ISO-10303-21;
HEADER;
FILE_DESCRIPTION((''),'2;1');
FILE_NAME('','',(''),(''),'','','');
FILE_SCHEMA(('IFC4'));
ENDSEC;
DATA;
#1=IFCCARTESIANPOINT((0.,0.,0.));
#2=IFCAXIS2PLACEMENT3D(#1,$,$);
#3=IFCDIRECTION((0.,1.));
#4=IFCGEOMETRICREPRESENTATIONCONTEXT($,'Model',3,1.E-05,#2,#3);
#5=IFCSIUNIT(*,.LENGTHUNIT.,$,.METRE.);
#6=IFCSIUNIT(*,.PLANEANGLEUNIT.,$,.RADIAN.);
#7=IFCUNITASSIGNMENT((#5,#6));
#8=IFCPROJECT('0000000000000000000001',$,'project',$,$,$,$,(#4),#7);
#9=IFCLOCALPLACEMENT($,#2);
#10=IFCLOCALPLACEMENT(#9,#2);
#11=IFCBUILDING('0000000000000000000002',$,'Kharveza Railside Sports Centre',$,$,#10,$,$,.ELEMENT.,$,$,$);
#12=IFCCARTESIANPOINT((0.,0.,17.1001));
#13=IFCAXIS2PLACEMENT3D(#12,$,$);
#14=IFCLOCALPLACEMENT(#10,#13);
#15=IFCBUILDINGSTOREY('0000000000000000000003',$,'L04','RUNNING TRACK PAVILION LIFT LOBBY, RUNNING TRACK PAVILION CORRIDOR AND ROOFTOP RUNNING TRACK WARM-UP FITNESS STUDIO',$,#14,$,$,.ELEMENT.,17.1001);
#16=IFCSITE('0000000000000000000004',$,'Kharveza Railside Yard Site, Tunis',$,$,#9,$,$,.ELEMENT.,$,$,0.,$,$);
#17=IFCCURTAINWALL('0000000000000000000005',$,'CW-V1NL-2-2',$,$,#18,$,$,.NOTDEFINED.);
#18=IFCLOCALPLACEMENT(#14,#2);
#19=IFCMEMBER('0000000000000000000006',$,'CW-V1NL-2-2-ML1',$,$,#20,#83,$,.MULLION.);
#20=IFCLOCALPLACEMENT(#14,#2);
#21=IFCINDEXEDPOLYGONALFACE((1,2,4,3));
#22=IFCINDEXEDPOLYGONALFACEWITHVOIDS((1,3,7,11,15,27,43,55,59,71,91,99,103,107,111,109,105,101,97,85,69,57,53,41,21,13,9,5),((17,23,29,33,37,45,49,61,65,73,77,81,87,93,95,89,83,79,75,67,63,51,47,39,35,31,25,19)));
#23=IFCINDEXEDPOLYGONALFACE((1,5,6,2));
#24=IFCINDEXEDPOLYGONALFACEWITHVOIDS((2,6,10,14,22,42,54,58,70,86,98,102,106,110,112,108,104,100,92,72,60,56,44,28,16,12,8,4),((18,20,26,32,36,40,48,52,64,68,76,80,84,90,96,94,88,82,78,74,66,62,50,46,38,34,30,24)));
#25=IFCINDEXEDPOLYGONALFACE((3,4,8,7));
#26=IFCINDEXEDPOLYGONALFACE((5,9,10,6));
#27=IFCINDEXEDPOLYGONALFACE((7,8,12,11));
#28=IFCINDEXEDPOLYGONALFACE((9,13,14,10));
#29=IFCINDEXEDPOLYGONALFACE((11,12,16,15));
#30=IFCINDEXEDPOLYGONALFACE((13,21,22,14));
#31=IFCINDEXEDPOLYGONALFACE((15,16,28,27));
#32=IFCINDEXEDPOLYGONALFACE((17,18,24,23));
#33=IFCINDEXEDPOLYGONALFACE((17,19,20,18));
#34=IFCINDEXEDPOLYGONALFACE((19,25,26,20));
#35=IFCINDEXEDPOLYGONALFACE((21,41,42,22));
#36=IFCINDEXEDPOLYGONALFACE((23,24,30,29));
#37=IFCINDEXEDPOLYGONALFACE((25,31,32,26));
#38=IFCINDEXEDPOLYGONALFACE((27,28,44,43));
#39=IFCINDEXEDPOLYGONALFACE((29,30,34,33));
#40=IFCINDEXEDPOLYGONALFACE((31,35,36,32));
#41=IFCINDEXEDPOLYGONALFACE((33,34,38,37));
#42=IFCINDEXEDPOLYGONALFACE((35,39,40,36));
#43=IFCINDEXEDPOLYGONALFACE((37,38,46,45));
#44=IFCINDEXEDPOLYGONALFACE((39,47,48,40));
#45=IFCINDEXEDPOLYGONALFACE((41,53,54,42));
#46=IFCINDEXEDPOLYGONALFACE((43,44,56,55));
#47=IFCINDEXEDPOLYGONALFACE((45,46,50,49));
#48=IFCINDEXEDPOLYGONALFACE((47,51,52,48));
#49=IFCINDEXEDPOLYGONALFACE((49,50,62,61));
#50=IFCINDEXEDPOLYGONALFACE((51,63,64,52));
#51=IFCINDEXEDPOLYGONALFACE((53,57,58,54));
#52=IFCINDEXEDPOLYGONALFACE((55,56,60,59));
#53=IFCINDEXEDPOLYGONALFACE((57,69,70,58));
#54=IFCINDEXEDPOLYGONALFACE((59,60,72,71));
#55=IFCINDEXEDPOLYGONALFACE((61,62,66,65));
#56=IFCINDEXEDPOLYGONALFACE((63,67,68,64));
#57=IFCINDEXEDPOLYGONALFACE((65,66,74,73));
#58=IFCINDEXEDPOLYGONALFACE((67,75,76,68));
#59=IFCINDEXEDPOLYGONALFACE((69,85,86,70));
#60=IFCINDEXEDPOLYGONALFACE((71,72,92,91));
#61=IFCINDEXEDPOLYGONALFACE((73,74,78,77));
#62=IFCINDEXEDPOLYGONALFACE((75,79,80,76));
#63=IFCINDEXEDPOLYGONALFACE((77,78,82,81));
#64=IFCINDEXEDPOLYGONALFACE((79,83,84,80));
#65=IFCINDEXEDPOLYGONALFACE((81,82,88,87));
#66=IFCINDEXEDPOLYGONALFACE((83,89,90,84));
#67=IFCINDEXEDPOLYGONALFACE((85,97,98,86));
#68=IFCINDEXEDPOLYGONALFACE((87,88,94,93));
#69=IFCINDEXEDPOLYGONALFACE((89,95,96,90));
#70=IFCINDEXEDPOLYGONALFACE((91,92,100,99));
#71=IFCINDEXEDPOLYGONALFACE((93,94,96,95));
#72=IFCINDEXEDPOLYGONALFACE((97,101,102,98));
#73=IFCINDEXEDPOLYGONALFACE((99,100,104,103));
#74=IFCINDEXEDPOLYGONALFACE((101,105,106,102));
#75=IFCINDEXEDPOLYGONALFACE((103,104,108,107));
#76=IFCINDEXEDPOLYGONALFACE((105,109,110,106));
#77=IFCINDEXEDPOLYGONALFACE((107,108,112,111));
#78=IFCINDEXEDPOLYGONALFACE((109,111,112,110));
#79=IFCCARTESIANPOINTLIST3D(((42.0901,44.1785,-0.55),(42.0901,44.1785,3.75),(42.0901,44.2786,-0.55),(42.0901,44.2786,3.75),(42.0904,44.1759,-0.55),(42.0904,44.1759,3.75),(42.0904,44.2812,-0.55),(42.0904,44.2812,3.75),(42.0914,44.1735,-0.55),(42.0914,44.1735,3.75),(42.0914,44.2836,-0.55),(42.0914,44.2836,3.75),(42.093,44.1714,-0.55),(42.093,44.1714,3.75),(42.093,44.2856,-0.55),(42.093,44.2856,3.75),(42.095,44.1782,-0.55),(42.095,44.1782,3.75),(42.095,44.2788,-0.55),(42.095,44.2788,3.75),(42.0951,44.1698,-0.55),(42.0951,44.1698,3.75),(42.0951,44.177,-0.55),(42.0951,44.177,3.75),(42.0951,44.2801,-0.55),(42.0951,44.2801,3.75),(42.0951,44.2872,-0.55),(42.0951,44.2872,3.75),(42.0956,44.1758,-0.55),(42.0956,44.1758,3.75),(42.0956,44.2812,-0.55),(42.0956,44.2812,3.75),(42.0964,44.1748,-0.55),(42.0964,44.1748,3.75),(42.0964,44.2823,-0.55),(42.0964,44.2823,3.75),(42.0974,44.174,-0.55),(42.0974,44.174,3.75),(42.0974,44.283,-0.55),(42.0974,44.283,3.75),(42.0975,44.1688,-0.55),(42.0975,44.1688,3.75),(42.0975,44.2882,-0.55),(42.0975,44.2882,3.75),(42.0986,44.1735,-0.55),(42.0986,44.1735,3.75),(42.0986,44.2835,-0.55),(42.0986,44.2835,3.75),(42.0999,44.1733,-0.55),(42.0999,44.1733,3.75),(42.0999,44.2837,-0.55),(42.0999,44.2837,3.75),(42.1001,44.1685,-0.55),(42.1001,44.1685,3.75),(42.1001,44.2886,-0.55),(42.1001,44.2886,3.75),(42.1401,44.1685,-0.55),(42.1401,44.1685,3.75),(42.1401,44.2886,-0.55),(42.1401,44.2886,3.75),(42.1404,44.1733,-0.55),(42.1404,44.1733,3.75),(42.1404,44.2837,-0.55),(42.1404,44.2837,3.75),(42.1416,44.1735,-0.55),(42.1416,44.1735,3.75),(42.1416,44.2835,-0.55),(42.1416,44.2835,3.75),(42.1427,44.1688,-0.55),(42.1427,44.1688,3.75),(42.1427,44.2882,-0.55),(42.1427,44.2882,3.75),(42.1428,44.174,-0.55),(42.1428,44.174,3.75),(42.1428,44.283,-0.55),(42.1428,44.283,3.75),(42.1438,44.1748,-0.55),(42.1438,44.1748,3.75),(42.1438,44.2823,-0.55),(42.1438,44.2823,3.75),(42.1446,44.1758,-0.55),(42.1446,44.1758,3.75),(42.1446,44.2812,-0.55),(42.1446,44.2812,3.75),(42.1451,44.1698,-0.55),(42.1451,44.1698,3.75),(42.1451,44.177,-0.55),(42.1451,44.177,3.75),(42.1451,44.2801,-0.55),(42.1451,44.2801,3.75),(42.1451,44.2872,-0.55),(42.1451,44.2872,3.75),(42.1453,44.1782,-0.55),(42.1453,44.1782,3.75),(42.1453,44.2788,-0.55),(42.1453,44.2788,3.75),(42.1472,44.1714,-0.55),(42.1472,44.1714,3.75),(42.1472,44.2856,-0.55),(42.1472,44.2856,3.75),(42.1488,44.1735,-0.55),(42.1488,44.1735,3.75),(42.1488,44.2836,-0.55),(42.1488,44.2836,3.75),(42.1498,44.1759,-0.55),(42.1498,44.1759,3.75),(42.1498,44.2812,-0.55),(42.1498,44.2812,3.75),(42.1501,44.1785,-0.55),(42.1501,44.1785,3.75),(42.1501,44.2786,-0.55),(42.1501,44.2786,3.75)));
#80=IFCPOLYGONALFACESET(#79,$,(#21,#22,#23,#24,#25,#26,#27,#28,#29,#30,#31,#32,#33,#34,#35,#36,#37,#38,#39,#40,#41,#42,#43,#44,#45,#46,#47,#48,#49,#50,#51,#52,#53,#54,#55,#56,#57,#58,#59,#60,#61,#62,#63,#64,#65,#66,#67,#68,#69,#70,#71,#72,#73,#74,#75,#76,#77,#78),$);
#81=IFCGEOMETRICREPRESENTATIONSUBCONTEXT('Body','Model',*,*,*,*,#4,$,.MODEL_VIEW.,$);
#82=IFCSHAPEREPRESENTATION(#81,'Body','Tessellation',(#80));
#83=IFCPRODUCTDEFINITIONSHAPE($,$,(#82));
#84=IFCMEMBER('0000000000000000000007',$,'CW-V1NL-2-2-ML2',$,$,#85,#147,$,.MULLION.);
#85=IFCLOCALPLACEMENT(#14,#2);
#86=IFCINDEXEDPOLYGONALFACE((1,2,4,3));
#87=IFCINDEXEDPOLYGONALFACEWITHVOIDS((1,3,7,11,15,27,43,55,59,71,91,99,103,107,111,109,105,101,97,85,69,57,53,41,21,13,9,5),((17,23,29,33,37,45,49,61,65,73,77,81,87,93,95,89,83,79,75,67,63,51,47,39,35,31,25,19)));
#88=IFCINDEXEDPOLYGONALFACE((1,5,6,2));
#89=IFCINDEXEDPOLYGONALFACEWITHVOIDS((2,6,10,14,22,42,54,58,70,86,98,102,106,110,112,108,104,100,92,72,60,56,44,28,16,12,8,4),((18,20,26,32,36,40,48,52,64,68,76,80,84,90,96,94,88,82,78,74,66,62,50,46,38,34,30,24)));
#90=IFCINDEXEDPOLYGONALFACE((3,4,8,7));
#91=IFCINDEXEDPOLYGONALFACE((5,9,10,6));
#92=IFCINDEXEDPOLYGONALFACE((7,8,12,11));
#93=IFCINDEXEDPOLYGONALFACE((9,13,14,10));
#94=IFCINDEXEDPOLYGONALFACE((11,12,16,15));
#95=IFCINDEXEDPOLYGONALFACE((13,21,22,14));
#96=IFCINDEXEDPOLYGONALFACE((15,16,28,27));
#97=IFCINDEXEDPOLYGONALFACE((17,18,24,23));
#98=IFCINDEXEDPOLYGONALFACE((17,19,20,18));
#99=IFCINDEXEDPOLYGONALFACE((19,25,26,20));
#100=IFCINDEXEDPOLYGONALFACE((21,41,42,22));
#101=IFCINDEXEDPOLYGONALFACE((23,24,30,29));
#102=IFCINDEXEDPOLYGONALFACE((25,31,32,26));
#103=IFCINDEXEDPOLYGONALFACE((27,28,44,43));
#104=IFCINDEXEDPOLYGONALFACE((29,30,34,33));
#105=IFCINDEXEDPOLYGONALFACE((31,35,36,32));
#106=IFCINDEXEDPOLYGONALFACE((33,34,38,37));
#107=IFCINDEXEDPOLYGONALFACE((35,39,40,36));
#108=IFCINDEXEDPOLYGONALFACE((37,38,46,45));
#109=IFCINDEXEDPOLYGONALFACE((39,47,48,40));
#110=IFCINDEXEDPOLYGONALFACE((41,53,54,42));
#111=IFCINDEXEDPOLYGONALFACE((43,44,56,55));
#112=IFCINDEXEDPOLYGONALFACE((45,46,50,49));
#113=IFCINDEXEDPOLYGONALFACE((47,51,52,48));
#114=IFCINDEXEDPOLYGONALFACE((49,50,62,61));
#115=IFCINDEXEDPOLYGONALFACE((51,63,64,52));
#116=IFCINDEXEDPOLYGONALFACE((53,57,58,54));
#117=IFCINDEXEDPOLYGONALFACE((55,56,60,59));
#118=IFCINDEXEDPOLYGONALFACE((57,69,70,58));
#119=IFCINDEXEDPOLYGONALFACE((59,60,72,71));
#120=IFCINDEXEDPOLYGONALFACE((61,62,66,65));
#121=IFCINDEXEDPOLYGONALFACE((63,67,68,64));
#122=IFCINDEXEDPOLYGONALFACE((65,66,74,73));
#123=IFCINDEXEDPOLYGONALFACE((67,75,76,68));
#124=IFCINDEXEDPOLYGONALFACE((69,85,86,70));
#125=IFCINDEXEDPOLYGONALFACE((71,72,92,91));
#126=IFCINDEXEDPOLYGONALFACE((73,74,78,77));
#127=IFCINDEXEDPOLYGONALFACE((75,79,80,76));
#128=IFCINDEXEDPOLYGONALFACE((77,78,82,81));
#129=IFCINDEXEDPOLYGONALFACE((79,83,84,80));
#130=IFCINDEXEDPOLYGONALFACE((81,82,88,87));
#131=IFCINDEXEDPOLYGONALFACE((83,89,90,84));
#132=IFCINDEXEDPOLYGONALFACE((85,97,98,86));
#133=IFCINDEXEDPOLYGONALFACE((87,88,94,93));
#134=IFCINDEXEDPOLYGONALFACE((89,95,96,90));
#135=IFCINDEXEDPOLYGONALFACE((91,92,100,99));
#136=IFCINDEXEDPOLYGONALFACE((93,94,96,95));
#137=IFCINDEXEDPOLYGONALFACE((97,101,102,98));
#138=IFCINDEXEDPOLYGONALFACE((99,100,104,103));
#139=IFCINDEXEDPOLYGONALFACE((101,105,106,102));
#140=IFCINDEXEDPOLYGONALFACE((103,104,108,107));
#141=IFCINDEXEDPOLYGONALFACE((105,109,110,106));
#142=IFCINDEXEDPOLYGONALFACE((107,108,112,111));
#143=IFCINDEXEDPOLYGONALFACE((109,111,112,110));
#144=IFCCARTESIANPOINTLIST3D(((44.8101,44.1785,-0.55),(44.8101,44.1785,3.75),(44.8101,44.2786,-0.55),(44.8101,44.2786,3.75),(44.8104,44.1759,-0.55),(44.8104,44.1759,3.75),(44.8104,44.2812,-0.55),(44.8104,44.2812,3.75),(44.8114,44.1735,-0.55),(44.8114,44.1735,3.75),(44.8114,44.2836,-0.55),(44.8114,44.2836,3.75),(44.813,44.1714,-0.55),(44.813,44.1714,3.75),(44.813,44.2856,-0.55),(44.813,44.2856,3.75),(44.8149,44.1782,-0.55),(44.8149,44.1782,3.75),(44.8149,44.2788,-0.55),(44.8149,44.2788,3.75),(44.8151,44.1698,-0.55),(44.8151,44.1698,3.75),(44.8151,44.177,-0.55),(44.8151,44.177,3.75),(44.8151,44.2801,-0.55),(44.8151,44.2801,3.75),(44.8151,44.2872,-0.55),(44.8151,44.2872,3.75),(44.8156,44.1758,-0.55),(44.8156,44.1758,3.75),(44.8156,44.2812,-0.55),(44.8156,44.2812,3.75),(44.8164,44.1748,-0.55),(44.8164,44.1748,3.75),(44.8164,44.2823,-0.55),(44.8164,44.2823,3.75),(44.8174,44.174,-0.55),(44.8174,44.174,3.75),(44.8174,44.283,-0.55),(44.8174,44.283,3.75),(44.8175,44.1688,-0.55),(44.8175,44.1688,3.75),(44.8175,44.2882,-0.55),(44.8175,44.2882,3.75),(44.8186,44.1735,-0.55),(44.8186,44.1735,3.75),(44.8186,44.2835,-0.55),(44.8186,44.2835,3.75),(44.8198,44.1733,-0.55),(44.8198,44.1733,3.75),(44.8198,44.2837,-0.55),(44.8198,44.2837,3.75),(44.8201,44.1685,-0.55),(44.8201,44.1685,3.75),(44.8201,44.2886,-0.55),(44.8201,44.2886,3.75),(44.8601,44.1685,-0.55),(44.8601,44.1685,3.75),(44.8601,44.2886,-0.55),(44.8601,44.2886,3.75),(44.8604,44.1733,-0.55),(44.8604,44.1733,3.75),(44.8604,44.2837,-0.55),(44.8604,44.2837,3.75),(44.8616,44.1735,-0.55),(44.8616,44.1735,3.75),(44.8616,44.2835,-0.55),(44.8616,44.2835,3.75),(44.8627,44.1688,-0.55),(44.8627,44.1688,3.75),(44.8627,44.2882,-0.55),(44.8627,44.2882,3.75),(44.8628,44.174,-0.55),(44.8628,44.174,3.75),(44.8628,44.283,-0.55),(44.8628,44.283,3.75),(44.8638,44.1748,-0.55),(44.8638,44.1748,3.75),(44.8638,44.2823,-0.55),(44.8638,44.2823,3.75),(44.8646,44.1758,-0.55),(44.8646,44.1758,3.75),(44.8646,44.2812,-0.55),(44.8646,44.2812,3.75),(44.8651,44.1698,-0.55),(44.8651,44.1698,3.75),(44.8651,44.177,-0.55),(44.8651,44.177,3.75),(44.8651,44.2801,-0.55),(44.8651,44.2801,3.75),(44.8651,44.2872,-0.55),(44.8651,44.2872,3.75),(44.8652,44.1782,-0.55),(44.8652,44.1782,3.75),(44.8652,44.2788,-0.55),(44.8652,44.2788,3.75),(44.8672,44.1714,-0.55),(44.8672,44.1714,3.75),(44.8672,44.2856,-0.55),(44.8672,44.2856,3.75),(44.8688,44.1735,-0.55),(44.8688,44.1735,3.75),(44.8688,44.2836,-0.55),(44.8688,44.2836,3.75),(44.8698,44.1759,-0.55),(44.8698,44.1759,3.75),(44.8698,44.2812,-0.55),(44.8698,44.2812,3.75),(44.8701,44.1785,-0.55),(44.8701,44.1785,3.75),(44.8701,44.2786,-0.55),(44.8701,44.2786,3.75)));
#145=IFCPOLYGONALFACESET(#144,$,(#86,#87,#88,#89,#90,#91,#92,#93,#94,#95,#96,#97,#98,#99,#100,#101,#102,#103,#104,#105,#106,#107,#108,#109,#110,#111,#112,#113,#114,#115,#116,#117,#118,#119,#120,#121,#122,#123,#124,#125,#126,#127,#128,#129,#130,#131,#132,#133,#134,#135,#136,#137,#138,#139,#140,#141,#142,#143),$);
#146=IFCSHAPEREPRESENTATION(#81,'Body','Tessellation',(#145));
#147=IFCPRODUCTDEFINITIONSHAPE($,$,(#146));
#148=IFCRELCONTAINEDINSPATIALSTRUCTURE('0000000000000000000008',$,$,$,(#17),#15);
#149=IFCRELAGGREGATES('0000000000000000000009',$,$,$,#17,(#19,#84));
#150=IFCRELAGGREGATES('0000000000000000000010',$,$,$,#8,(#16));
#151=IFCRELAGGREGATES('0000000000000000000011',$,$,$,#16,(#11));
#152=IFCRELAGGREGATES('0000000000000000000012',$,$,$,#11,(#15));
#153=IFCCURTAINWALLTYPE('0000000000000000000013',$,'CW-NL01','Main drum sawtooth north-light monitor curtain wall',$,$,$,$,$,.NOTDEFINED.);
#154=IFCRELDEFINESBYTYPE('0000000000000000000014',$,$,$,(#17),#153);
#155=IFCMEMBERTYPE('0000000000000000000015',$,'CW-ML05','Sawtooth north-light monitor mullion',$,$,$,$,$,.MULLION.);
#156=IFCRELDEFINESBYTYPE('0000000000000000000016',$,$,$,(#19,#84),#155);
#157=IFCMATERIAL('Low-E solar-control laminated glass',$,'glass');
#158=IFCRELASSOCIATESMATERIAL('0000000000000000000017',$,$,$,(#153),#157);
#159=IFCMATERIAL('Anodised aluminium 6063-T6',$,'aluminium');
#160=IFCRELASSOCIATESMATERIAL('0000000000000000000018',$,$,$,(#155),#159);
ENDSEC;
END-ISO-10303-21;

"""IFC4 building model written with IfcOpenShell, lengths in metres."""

from ifc_helpers import new_model, si_unit, direction, frame, origin, origin_2d, place, context, subcontext, project, spatial, hollow_rectangle, extrude, material, material_profile, profile_set, type_object, element, aggregate, save


model = new_model("IFC4")

# Units and contexts
model_context = context("Model", 3, precision=1e-05, world=origin(), true_north=direction((0.0, 1.0)))
body_context = subcontext(model_context, "Body", "Model", "MODEL_VIEW")
ifc_project = project(units=[si_unit("LENGTHUNIT", "METRE"), si_unit("PLANEANGLEUNIT", "RADIAN")], contexts=[model_context])

# Site, building, storey
site_placement = place(None, origin())
site = spatial("IfcSite", under=ifc_project, at=site_placement, Name="Kharveza Railside Yard Site, Tunis", CompositionType="ELEMENT", RefElevation=0.0)
building_placement = place(site_placement, origin())
building = spatial("IfcBuilding", under=site, at=building_placement, Name="Kharveza Railside Sports Centre", CompositionType="ELEMENT")
storey_placement = place(building_placement, frame((0.0, 0.0, 17.1001)))
storey = spatial("IfcBuildingStorey", under=building, at=storey_placement, Name="L04", Description="RUNNING TRACK PAVILION LIFT LOBBY, RUNNING TRACK PAVILION CORRIDOR AND ROOFTOP RUNNING TRACK WARM-UP FITNESS STUDIO", CompositionType="ELEMENT", Elevation=17.1001)

# Curtain wall, members
ifc_material_1 = material(Name="Low-E solar-control laminated glass", Category="glass")
curtain_wall_type = type_object("IfcCurtainWallType", Name="CW-NL01", Description="Main drum sawtooth north-light monitor curtain wall", PredefinedType="NOTDEFINED", material=ifc_material_1)
curtain_wall_1_placement = place(storey_placement, origin())
curtain_wall_1 = element("IfcCurtainWall", 1, at=curtain_wall_1_placement, inside=storey, type_object=curtain_wall_type, Name="CW-V1NL-2-2", PredefinedType="NOTDEFINED")
ifc_material_2 = material(Name="Anodised aluminium 6063-T6", Category="aluminium")
ifc_material_profile_1 = material_profile(ifc_material_2, hollow_rectangle(XDim=0.0601, YDim=0.1201, WallThickness=0.0049, InnerFilletRadius=0.0049, OuterFilletRadius=0.01, at=origin_2d()), Name="RHS 60x120x5.0")
ifc_profile_set_1 = profile_set([ifc_material_profile_1], Name="Anodised aluminium 6063-T6")
member_type_1 = type_object("IfcMemberType", Name="CW-ML05", Description="Sawtooth north-light monitor mullion", PredefinedType="MULLION", material=ifc_profile_set_1)
member_1_placement = place(storey_placement, frame((42.1201, 44.2285, -0.55), z_axis=(0.0, 0.0, 1.0), x_axis=(1.0, 0.0, 0.0)))
member_1 = element("IfcMember", 2, at=member_1_placement, type_object=member_type_1, Name="CW-V1NL-2-2-ML1", PredefinedType="MULLION", context=body_context, shape_type="SweptSolid", body=[
    extrude(hollow_rectangle(XDim=0.0601, YDim=0.1201, WallThickness=0.0049, InnerFilletRadius=0.0049, OuterFilletRadius=0.01, at=origin_2d()), origin(), (0.0, 0.0, 1.0), 4.3),
])
member_2_placement = place(storey_placement, frame((44.8401, 44.2285, -0.55), z_axis=(0.0, 0.0, 1.0), x_axis=(1.0, 0.0, 0.0)))
member_2 = element("IfcMember", 3, at=member_2_placement, type_object=member_type_1, Name="CW-V1NL-2-2-ML2", PredefinedType="MULLION", context=body_context, shape_type="SweptSolid", body=[
    extrude(hollow_rectangle(XDim=0.0601, YDim=0.1201, WallThickness=0.0049, InnerFilletRadius=0.0049, OuterFilletRadius=0.01, at=origin_2d()), origin(), (0.0, 0.0, 1.0), 4.3),
])

aggregate(curtain_wall_1, [member_1, member_2])

save(model, "model.ifc")
